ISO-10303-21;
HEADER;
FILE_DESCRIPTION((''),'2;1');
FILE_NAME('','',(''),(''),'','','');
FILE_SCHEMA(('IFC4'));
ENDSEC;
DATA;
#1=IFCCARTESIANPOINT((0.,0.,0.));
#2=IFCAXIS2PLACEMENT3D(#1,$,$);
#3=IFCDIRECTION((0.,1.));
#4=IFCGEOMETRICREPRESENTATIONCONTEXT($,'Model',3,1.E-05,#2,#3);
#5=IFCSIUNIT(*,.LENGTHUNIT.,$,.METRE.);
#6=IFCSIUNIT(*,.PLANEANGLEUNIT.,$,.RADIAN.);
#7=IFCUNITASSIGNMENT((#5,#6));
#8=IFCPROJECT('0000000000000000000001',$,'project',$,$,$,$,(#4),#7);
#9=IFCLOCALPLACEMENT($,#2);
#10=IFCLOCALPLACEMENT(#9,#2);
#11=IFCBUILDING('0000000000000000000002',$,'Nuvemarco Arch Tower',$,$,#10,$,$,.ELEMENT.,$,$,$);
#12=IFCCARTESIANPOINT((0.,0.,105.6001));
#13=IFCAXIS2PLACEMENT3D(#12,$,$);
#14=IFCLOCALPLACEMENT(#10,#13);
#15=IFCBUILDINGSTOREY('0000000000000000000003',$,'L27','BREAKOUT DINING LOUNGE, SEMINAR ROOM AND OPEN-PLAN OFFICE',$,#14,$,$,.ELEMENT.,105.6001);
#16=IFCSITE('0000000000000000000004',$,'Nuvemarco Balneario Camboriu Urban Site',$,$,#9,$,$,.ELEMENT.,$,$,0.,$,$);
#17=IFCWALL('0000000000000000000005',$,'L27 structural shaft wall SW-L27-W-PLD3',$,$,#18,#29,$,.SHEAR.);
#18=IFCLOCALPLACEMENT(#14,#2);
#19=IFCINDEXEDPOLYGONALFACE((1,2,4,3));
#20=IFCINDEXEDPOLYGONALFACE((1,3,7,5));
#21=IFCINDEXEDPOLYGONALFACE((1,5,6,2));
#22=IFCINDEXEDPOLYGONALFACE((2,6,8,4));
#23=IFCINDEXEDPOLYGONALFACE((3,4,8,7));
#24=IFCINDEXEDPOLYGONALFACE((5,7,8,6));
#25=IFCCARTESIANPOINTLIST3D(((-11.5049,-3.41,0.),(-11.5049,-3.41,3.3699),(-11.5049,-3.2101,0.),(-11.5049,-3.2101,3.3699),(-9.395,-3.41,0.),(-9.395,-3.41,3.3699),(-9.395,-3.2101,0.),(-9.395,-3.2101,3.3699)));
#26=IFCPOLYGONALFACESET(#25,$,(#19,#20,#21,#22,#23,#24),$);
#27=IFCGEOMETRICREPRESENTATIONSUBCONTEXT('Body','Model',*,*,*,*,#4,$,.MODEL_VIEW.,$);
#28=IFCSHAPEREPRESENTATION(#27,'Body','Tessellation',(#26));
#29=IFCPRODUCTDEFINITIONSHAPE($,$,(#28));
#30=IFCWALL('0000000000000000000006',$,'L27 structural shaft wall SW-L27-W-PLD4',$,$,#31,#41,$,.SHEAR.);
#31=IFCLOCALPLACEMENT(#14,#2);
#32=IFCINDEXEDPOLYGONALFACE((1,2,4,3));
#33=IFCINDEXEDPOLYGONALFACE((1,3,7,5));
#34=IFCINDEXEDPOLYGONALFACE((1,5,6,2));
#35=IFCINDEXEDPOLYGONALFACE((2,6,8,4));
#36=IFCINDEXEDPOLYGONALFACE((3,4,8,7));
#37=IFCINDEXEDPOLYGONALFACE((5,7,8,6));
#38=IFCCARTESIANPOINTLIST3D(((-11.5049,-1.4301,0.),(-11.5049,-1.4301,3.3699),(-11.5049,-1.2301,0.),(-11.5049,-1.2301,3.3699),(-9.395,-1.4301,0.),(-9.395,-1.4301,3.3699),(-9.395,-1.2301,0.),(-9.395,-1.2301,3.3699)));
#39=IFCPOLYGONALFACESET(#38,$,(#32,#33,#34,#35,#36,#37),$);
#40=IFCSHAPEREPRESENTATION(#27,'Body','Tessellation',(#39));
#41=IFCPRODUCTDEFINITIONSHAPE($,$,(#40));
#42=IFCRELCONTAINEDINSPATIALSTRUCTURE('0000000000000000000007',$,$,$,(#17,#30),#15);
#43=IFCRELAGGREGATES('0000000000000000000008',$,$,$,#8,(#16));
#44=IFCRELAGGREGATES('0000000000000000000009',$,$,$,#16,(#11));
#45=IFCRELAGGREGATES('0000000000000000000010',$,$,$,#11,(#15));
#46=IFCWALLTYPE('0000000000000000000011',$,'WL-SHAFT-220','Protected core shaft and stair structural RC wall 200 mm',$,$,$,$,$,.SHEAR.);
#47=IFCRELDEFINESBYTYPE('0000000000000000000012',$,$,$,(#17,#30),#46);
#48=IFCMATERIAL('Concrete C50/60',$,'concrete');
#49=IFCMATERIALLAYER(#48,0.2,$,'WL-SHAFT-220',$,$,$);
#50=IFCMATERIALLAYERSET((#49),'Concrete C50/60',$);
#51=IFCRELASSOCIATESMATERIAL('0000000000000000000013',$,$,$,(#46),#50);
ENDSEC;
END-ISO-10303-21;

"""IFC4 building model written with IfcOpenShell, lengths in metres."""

from ifc_helpers import new_model, si_unit, direction, frame, frame_2d, origin, place, context, subcontext, project, spatial, rectangle, extrude, material, layer, layer_set, type_object, element, save


model = new_model("IFC4")

# Units and contexts
model_context = context("Model", 3, precision=1e-05, world=origin(), true_north=direction((0.0, 1.0)))
body_context = subcontext(model_context, "Body", "Model", "MODEL_VIEW")
ifc_project = project(units=[si_unit("LENGTHUNIT", "METRE"), si_unit("PLANEANGLEUNIT", "RADIAN")], contexts=[model_context])

# Site, building, storey
site_placement = place(None, origin())
site = spatial("IfcSite", under=ifc_project, at=site_placement, Name="Nuvemarco Balneario Camboriu Urban Site", CompositionType="ELEMENT", RefElevation=0.0)
building_placement = place(site_placement, origin())
building = spatial("IfcBuilding", under=site, at=building_placement, Name="Nuvemarco Arch Tower", CompositionType="ELEMENT")
storey_placement = place(building_placement, frame((0.0, 0.0, 105.6001)))
storey = spatial("IfcBuildingStorey", under=building, at=storey_placement, Name="L27", Description="BREAKOUT DINING LOUNGE, SEMINAR ROOM AND OPEN-PLAN OFFICE", CompositionType="ELEMENT", Elevation=105.6001)

# Shared definitions
ifc_material_1 = material(Name="Concrete C50/60", Category="concrete")
ifc_layer_1 = layer(ifc_material_1, 0.2, Name="WL-SHAFT-220")
ifc_layer_set_1 = layer_set([ifc_layer_1], Name="Concrete C50/60")
wall_type_1 = type_object("IfcWallType", Name="WL-SHAFT-220", Description="Protected core shaft and stair structural RC wall 200 mm", PredefinedType="SHEAR", material=ifc_layer_set_1)

# Walls
for number, where, z_axis, x_axis, name in (
    (1, (-11.5049, -3.3101, 0.0), (0.0, 0.0, 1.0), (1.0, 0.0, 0.0), "L27 structural shaft wall SW-L27-W-PLD3"),
    (2, (-11.5049, -1.3301, 0.0), (0.0, 0.0, 1.0), (1.0, 0.0, 0.0), "L27 structural shaft wall SW-L27-W-PLD4"),
):
    element("IfcWall", number, at=place(storey_placement, frame(where, z_axis=z_axis, x_axis=x_axis)), inside=storey, type_object=wall_type_1, Name=name, PredefinedType="SHEAR", context=body_context, shape_type="SweptSolid", body=[
        extrude(rectangle(XDim=2.1099, YDim=0.2, at=frame_2d((1.0549, 0.0))), origin(), (0.0, 0.0, 1.0), 3.3699),
    ])

save(model, "model.ifc")
